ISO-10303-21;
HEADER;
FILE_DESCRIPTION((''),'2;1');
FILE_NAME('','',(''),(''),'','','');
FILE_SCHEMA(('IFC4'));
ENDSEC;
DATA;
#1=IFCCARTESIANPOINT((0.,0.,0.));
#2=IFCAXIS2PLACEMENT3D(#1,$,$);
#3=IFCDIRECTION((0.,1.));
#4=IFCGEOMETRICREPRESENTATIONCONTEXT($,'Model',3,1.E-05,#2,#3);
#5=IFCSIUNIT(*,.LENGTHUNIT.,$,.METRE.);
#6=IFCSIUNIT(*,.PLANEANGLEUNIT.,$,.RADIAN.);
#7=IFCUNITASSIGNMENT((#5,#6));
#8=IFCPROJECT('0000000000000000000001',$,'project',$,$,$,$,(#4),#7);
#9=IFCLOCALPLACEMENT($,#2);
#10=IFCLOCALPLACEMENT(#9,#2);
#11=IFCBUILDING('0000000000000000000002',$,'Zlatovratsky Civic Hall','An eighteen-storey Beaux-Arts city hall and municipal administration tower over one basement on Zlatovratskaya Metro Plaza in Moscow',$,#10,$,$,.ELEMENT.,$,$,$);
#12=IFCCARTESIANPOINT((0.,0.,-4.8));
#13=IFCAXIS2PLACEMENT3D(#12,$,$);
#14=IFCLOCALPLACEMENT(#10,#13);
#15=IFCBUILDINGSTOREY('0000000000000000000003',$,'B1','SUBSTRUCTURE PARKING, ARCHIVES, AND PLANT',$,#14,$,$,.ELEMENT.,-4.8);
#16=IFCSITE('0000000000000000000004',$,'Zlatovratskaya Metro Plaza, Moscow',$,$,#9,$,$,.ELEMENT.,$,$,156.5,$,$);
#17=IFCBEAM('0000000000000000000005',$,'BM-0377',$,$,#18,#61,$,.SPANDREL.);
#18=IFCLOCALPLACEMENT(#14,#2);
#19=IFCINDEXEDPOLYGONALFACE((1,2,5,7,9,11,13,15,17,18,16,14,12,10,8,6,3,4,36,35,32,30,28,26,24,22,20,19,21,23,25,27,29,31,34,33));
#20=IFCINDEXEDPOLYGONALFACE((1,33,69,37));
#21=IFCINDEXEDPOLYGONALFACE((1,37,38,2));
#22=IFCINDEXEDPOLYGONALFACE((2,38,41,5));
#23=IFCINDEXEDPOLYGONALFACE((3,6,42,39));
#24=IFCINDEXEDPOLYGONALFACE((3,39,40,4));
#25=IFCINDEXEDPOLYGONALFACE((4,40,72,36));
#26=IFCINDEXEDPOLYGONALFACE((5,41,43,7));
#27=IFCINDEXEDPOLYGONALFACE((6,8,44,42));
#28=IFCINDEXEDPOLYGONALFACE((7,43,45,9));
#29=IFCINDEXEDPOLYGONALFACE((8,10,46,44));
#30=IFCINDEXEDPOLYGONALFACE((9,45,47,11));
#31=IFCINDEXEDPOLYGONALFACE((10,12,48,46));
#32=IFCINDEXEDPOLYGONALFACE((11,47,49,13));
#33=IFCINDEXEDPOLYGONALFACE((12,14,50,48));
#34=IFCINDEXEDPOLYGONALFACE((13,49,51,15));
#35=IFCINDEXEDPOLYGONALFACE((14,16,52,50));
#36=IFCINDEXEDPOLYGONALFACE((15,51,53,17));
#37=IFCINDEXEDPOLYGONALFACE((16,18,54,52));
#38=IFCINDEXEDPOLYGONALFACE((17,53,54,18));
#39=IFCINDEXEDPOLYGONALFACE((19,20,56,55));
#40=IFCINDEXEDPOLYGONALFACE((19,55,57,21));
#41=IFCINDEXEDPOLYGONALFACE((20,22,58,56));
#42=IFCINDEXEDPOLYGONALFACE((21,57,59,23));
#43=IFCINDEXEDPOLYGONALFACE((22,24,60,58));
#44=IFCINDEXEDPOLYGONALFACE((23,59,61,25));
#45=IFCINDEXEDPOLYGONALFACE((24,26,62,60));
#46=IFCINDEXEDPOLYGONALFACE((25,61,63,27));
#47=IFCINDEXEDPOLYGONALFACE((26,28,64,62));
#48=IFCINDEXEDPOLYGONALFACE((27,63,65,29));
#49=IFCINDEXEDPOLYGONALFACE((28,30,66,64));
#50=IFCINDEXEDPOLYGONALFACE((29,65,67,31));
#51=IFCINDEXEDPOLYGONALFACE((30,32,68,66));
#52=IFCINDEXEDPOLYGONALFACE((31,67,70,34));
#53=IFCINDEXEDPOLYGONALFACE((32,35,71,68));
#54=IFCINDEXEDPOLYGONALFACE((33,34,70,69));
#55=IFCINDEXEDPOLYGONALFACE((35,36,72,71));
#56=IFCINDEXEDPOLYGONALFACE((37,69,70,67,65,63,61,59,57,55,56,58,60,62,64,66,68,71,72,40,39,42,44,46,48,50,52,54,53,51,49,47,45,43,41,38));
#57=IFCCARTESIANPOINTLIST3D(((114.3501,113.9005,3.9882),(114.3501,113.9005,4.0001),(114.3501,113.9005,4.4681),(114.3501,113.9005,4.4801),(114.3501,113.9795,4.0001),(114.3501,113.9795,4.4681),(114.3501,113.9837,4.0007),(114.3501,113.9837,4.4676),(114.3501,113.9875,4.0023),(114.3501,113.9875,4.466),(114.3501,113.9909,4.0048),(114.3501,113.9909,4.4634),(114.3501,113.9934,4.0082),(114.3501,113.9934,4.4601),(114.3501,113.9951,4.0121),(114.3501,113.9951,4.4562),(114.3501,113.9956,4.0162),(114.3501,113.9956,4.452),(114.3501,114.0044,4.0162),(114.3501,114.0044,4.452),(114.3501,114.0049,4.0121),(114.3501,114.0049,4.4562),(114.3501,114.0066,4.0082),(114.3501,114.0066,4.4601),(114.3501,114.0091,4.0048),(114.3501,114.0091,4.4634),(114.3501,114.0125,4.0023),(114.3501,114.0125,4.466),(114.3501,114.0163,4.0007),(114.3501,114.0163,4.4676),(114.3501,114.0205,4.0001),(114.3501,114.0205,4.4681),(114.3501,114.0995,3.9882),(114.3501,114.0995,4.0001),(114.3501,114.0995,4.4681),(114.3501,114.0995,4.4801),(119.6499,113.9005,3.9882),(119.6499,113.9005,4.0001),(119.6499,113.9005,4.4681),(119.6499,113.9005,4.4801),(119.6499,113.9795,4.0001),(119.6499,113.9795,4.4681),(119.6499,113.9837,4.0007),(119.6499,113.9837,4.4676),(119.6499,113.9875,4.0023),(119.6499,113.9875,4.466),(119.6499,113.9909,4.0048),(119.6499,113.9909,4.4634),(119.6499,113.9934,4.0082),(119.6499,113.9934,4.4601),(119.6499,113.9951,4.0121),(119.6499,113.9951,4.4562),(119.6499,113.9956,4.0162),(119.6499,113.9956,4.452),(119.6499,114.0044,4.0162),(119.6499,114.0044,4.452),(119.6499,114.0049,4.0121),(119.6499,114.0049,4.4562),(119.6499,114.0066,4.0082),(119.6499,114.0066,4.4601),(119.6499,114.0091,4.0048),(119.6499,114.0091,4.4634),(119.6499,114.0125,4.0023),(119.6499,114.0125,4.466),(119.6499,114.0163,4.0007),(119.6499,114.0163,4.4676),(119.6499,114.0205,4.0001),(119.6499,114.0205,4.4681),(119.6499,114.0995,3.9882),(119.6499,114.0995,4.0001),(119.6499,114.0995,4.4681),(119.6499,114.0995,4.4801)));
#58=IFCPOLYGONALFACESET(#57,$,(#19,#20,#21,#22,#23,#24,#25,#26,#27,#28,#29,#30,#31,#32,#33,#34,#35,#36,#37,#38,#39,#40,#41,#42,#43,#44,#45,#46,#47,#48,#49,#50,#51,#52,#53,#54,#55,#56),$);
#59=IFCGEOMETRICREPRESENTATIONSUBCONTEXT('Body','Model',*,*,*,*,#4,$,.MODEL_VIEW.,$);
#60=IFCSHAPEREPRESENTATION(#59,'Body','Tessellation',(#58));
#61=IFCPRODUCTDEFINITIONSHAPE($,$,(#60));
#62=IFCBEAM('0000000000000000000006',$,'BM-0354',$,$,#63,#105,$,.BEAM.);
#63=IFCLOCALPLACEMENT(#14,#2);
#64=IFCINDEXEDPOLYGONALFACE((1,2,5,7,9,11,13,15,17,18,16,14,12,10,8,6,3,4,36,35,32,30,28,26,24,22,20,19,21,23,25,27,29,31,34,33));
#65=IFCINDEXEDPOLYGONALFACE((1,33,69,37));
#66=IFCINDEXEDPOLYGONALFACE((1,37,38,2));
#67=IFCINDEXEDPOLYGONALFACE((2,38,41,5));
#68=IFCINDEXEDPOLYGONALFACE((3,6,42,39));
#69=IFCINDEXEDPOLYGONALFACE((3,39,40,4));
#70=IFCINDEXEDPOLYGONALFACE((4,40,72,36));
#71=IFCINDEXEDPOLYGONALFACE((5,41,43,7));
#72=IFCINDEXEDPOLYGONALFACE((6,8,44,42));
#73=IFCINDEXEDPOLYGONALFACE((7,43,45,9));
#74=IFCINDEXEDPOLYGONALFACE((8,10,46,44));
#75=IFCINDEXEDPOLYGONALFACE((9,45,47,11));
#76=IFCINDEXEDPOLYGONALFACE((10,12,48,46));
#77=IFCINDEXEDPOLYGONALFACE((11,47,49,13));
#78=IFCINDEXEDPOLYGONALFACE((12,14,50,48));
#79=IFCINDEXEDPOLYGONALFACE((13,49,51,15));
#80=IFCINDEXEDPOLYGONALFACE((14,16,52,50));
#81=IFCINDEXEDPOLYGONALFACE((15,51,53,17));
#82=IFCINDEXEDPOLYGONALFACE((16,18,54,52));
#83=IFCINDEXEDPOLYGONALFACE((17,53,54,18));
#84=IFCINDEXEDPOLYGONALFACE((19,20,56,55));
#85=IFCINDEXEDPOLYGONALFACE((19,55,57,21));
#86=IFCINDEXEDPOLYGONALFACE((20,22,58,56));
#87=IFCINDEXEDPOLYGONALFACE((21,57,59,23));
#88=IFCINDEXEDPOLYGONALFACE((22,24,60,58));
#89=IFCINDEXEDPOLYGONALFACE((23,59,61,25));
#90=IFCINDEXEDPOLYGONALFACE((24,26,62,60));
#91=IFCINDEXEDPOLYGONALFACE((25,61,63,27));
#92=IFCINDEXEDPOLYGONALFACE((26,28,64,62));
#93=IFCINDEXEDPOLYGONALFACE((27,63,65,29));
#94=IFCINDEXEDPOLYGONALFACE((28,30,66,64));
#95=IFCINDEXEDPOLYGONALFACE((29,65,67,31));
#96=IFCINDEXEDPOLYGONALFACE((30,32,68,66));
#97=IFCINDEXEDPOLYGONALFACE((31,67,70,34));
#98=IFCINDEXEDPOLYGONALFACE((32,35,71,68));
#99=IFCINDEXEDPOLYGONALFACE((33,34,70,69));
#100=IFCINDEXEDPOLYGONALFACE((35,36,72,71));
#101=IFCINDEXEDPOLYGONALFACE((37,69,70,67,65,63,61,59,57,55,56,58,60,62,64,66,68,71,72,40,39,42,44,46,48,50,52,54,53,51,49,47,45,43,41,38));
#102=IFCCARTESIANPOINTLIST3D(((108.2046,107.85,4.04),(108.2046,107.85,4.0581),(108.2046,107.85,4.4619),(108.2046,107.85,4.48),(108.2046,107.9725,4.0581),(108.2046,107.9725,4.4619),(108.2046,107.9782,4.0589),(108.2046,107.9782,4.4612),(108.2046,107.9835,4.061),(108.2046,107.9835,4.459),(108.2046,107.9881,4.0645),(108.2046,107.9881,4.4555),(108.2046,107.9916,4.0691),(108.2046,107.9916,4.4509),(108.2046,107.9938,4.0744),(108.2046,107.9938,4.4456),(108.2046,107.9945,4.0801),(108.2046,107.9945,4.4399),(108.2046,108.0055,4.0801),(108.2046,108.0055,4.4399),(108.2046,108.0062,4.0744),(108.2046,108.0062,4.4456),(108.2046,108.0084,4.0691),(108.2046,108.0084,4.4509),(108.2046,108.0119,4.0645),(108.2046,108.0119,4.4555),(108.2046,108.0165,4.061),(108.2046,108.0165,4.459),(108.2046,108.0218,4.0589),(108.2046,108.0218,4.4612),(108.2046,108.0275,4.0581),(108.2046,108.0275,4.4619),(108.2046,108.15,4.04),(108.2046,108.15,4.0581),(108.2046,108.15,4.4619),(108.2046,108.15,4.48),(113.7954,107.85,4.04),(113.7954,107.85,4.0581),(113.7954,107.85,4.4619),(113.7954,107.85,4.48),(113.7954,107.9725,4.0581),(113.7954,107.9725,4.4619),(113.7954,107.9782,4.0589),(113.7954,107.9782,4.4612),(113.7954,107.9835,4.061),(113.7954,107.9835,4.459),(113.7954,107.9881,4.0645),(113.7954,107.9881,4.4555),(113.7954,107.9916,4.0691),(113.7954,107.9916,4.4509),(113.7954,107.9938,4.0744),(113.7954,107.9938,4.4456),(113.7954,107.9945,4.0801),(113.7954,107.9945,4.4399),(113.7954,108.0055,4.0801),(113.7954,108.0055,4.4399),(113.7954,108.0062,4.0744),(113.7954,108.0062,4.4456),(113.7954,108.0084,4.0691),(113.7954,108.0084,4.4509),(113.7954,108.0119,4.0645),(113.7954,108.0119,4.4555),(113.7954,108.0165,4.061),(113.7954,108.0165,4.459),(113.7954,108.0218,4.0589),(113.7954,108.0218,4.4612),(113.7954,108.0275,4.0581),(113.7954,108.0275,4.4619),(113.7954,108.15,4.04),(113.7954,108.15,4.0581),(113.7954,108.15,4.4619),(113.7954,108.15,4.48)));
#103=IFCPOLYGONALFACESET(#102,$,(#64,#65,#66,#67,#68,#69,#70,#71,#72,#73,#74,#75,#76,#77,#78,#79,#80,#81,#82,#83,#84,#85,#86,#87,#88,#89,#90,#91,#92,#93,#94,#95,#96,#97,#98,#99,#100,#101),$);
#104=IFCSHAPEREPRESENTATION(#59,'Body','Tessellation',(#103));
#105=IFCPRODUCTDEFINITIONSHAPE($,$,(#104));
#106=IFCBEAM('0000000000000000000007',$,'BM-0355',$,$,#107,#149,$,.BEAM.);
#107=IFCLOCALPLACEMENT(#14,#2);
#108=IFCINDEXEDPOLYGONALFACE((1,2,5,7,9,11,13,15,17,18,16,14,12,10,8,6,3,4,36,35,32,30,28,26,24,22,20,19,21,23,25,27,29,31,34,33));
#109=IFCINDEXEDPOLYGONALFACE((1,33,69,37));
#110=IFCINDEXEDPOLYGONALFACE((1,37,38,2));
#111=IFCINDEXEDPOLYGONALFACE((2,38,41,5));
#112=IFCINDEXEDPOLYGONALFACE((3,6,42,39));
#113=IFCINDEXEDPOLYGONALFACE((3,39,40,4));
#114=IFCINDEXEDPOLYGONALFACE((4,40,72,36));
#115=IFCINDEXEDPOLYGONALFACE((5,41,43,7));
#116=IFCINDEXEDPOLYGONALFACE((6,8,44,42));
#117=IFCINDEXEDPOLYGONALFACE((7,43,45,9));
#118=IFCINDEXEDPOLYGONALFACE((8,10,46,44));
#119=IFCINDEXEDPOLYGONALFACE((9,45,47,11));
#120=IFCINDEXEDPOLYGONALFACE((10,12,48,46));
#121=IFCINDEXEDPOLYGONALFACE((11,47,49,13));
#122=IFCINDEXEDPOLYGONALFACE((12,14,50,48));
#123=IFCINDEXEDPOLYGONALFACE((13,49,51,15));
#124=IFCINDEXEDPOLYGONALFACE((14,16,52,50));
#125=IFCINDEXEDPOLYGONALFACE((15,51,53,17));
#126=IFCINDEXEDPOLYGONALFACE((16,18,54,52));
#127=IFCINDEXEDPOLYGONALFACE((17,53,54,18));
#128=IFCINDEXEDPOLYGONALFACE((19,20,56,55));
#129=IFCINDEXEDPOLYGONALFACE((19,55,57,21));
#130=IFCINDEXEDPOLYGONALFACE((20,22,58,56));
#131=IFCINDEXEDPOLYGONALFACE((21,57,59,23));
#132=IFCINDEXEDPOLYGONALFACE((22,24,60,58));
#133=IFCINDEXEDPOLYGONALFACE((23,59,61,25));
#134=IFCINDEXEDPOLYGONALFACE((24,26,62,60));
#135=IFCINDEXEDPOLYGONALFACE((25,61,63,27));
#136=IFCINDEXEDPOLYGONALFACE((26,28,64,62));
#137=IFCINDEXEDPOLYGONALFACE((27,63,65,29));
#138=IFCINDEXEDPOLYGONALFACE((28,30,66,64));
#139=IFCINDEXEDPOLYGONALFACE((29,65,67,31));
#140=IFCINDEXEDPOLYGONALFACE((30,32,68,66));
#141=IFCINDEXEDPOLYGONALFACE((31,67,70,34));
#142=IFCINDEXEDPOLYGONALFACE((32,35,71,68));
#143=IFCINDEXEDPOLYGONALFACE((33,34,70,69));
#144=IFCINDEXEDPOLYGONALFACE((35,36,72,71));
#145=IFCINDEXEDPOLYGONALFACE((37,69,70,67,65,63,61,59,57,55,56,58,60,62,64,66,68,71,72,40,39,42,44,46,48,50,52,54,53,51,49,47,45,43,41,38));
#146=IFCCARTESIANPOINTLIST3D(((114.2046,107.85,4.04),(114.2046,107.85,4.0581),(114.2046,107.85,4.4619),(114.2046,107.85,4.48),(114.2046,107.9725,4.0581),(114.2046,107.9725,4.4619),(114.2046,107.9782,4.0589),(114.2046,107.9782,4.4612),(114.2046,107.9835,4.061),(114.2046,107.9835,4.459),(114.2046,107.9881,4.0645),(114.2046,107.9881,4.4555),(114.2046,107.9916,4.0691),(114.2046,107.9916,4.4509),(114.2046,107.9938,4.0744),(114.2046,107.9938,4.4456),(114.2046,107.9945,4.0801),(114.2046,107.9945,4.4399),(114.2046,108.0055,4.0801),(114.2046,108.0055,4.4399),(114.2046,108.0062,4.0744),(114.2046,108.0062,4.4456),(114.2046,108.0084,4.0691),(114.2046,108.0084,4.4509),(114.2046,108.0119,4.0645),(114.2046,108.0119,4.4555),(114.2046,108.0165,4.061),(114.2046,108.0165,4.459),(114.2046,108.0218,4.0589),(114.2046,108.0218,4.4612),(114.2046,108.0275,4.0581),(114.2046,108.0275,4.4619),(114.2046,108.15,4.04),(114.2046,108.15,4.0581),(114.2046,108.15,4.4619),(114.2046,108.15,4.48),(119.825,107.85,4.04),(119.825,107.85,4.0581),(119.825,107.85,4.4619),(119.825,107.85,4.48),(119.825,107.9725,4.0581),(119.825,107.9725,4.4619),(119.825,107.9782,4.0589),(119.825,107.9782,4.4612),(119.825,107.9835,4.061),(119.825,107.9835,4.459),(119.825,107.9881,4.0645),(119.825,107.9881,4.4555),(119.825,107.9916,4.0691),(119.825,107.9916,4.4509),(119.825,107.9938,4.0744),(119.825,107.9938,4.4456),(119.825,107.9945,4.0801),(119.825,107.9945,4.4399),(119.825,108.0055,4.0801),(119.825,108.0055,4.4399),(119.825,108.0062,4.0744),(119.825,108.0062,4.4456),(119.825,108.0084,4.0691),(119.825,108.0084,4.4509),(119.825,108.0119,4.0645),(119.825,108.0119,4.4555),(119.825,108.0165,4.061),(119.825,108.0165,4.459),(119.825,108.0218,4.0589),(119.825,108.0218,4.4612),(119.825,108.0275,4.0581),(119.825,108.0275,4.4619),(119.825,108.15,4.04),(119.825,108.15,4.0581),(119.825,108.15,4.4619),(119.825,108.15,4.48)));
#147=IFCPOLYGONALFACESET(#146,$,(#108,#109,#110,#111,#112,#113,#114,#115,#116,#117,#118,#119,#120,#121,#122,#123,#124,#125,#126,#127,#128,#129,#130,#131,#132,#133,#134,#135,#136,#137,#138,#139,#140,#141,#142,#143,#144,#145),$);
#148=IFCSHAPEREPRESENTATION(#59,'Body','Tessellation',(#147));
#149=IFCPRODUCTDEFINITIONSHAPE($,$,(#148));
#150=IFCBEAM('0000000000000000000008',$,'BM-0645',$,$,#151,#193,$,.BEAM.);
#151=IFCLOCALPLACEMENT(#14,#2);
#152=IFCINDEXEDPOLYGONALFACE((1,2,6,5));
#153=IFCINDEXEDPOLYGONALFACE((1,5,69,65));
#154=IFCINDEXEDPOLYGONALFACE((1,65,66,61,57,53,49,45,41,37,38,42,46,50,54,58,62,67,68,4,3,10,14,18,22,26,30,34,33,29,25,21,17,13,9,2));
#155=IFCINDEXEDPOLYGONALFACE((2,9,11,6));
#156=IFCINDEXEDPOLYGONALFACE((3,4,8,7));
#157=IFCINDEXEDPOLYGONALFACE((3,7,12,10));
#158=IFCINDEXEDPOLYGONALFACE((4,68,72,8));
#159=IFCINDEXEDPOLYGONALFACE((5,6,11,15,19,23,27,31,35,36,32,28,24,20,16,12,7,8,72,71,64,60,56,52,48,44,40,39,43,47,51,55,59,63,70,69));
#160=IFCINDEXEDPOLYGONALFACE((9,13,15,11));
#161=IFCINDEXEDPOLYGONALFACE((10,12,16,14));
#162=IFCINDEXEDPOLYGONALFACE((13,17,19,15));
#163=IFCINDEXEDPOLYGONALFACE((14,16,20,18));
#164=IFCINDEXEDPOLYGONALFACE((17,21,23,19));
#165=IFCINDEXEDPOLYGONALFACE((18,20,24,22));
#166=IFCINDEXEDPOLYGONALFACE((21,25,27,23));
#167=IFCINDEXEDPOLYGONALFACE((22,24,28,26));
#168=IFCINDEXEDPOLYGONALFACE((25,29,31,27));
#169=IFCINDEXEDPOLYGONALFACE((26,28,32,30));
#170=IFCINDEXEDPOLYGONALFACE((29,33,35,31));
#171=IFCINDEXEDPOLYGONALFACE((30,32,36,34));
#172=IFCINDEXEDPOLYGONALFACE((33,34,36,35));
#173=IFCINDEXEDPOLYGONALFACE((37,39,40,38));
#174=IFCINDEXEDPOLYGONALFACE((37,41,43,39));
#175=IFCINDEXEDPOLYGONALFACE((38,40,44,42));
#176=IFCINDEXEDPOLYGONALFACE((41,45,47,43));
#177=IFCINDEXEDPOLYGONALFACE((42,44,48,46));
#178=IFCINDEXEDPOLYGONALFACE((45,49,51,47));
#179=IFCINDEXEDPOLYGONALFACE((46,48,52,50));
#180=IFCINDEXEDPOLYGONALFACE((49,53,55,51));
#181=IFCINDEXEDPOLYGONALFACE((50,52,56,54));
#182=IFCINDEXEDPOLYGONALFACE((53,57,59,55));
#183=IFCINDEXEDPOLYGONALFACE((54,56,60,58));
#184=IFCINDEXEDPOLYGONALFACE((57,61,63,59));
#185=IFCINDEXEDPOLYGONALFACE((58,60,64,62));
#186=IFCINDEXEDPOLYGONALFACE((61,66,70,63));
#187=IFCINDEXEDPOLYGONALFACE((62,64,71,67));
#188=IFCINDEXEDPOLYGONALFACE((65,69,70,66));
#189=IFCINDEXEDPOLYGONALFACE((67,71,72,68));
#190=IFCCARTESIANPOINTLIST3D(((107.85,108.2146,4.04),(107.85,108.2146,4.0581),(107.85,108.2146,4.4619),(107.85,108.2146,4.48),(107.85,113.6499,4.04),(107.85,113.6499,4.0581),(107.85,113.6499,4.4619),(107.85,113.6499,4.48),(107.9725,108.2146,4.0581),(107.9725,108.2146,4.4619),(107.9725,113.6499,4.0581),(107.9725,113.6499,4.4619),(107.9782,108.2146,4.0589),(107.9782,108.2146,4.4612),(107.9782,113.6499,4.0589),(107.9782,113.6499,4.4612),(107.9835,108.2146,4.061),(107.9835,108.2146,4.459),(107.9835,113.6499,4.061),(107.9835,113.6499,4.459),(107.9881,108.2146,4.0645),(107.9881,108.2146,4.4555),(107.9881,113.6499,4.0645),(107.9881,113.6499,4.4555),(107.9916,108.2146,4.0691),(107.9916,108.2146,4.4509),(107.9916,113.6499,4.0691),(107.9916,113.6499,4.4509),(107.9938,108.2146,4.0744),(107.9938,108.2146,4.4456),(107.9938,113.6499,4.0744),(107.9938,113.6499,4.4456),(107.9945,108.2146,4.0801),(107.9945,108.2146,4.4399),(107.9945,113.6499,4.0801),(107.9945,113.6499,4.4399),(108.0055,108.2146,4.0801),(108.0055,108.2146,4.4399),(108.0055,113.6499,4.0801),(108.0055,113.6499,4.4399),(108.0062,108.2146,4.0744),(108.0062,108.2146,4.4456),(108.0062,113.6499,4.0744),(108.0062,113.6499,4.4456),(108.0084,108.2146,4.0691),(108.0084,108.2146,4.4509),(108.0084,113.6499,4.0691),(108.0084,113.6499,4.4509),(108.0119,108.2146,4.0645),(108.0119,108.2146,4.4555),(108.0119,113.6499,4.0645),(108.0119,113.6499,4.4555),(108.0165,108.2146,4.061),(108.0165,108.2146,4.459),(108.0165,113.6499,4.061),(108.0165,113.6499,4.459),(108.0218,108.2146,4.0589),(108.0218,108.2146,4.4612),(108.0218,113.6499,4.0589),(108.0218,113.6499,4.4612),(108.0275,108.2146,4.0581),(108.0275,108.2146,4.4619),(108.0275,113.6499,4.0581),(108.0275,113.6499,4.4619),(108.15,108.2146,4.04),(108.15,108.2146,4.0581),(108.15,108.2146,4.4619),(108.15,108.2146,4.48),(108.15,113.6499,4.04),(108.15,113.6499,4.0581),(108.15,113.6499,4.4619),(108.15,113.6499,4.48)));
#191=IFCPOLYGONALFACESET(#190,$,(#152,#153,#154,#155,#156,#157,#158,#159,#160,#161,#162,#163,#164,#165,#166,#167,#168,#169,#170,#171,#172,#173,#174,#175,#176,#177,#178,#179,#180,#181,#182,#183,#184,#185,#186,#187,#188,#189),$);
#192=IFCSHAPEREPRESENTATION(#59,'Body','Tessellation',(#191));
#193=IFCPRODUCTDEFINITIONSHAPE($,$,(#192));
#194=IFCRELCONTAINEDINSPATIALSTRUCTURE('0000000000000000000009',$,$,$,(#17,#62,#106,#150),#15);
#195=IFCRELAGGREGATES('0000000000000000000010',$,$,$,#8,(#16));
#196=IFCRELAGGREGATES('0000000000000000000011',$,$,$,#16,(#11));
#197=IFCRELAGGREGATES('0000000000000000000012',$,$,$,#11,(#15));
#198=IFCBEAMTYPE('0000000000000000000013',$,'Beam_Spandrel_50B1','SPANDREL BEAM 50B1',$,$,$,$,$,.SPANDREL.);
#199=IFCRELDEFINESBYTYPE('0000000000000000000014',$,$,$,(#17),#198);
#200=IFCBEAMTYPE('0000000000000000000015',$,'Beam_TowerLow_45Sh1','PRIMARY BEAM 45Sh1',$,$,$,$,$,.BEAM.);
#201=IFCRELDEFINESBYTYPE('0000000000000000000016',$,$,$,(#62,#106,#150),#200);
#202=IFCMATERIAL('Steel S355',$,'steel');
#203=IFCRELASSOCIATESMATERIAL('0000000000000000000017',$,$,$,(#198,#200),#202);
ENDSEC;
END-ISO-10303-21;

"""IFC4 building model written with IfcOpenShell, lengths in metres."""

from ifc_helpers import new_model, si_unit, direction, frame, origin, origin_2d, place, context, subcontext, project, spatial, i_section, extrude, material, material_profile, profile_set, type_object, element, save


model = new_model("IFC4")

# Units and contexts
model_context = context("Model", 3, precision=1e-05, world=origin(), true_north=direction((0.0, 1.0)))
body_context = subcontext(model_context, "Body", "Model", "MODEL_VIEW")
ifc_project = project(units=[si_unit("LENGTHUNIT", "METRE"), si_unit("PLANEANGLEUNIT", "RADIAN")], contexts=[model_context])

# Site, building, storey
site_placement = place(None, origin())
site = spatial("IfcSite", under=ifc_project, at=site_placement, Name="Zlatovratskaya Metro Plaza, Moscow", CompositionType="ELEMENT", RefElevation=156.5)
building_placement = place(site_placement, origin())
building = spatial("IfcBuilding", under=site, at=building_placement, Name="Zlatovratsky Civic Hall", Description="An eighteen-storey Beaux-Arts city hall and municipal administration tower over one basement on Zlatovratskaya Metro Plaza in Moscow", CompositionType="ELEMENT")
storey_placement = place(building_placement, frame((0.0, 0.0, -4.8)))
storey = spatial("IfcBuildingStorey", under=building, at=storey_placement, Name="B1", Description="SUBSTRUCTURE PARKING, ARCHIVES, AND PLANT", CompositionType="ELEMENT", Elevation=-4.8)

# Shared definitions
ifc_material_1 = material(Name="Steel S355", Category="steel")

# Beams
ifc_material_profile_1 = material_profile(ifc_material_1, i_section(OverallWidth=0.199, OverallDepth=0.4919, WebThickness=0.0088, FlangeThickness=0.012, FilletRadius=0.0161, at=origin_2d()), Name="50B1")
ifc_profile_set_1 = profile_set([ifc_material_profile_1], Name="Steel S355")
beam_type_1 = type_object("IfcBeamType", Name="Beam_Spandrel_50B1", Description="SPANDREL BEAM 50B1", PredefinedType="SPANDREL", material=ifc_profile_set_1)
for number, where, z_axis, x_axis, name in (
    (1, (114.3501, 114.0, 4.2341), (1.0, 0.0, 0.0), (0.0, 1.0, 0.0), "BM-0377"),
):
    element("IfcBeam", number, at=place(storey_placement, frame(where, z_axis=z_axis, x_axis=x_axis)), inside=storey, type_object=beam_type_1, Name=name, PredefinedType="SPANDREL", context=body_context, shape_type="SweptSolid", body=[
        extrude(i_section(OverallWidth=0.199, OverallDepth=0.4919, WebThickness=0.0088, FlangeThickness=0.012, FilletRadius=0.0161, at=origin_2d()), origin(), (0.0, 0.0, 1.0), 5.2998),
    ])
ifc_material_profile_2 = material_profile(ifc_material_1, i_section(OverallWidth=0.3, OverallDepth=0.4399, WebThickness=0.011, FlangeThickness=0.0181, FilletRadius=0.022, at=origin_2d()), Name="45Sh1")
ifc_profile_set_2 = profile_set([ifc_material_profile_2], Name="Steel S355")
beam_type_2 = type_object("IfcBeamType", Name="Beam_TowerLow_45Sh1", Description="PRIMARY BEAM 45Sh1", PredefinedType="BEAM", material=ifc_profile_set_2)
beam_1_placement = place(storey_placement, frame((108.2046, 108.0, 4.26), z_axis=(1.0, 0.0, 0.0), x_axis=(0.0, 1.0, 0.0)))
element("IfcBeam", 2, at=beam_1_placement, inside=storey, type_object=beam_type_2, Name="BM-0354", PredefinedType="BEAM", context=body_context, shape_type="SweptSolid", body=[
    extrude(i_section(OverallWidth=0.3, OverallDepth=0.4399, WebThickness=0.011, FlangeThickness=0.0181, FilletRadius=0.022, at=origin_2d()), origin(), (0.0, 0.0, 1.0), 5.5908),
])
beam_2_placement = place(storey_placement, frame((114.2046, 108.0, 4.26), z_axis=(1.0, 0.0, 0.0), x_axis=(0.0, 1.0, 0.0)))
element("IfcBeam", 3, at=beam_2_placement, inside=storey, type_object=beam_type_2, Name="BM-0355", PredefinedType="BEAM", context=body_context, shape_type="SweptSolid", body=[
    extrude(i_section(OverallWidth=0.3, OverallDepth=0.4399, WebThickness=0.011, FlangeThickness=0.0181, FilletRadius=0.022, at=origin_2d()), origin(), (0.0, 0.0, 1.0), 5.6204),
])
for number, where, z_axis, x_axis, name in (
    (4, (108.0, 108.2146, 4.26), (0.0, 1.0, 0.0), (-1.0, 0.0, 0.0), "BM-0645"),
):
    element("IfcBeam", number, at=place(storey_placement, frame(where, z_axis=z_axis, x_axis=x_axis)), inside=storey, type_object=beam_type_2, Name=name, PredefinedType="BEAM", context=body_context, shape_type="SweptSolid", body=[
        extrude(i_section(OverallWidth=0.3, OverallDepth=0.4399, WebThickness=0.011, FlangeThickness=0.0181, FilletRadius=0.022, at=origin_2d()), origin(), (0.0, 0.0, 1.0), 5.4353),
    ])

save(model, "model.ifc")
